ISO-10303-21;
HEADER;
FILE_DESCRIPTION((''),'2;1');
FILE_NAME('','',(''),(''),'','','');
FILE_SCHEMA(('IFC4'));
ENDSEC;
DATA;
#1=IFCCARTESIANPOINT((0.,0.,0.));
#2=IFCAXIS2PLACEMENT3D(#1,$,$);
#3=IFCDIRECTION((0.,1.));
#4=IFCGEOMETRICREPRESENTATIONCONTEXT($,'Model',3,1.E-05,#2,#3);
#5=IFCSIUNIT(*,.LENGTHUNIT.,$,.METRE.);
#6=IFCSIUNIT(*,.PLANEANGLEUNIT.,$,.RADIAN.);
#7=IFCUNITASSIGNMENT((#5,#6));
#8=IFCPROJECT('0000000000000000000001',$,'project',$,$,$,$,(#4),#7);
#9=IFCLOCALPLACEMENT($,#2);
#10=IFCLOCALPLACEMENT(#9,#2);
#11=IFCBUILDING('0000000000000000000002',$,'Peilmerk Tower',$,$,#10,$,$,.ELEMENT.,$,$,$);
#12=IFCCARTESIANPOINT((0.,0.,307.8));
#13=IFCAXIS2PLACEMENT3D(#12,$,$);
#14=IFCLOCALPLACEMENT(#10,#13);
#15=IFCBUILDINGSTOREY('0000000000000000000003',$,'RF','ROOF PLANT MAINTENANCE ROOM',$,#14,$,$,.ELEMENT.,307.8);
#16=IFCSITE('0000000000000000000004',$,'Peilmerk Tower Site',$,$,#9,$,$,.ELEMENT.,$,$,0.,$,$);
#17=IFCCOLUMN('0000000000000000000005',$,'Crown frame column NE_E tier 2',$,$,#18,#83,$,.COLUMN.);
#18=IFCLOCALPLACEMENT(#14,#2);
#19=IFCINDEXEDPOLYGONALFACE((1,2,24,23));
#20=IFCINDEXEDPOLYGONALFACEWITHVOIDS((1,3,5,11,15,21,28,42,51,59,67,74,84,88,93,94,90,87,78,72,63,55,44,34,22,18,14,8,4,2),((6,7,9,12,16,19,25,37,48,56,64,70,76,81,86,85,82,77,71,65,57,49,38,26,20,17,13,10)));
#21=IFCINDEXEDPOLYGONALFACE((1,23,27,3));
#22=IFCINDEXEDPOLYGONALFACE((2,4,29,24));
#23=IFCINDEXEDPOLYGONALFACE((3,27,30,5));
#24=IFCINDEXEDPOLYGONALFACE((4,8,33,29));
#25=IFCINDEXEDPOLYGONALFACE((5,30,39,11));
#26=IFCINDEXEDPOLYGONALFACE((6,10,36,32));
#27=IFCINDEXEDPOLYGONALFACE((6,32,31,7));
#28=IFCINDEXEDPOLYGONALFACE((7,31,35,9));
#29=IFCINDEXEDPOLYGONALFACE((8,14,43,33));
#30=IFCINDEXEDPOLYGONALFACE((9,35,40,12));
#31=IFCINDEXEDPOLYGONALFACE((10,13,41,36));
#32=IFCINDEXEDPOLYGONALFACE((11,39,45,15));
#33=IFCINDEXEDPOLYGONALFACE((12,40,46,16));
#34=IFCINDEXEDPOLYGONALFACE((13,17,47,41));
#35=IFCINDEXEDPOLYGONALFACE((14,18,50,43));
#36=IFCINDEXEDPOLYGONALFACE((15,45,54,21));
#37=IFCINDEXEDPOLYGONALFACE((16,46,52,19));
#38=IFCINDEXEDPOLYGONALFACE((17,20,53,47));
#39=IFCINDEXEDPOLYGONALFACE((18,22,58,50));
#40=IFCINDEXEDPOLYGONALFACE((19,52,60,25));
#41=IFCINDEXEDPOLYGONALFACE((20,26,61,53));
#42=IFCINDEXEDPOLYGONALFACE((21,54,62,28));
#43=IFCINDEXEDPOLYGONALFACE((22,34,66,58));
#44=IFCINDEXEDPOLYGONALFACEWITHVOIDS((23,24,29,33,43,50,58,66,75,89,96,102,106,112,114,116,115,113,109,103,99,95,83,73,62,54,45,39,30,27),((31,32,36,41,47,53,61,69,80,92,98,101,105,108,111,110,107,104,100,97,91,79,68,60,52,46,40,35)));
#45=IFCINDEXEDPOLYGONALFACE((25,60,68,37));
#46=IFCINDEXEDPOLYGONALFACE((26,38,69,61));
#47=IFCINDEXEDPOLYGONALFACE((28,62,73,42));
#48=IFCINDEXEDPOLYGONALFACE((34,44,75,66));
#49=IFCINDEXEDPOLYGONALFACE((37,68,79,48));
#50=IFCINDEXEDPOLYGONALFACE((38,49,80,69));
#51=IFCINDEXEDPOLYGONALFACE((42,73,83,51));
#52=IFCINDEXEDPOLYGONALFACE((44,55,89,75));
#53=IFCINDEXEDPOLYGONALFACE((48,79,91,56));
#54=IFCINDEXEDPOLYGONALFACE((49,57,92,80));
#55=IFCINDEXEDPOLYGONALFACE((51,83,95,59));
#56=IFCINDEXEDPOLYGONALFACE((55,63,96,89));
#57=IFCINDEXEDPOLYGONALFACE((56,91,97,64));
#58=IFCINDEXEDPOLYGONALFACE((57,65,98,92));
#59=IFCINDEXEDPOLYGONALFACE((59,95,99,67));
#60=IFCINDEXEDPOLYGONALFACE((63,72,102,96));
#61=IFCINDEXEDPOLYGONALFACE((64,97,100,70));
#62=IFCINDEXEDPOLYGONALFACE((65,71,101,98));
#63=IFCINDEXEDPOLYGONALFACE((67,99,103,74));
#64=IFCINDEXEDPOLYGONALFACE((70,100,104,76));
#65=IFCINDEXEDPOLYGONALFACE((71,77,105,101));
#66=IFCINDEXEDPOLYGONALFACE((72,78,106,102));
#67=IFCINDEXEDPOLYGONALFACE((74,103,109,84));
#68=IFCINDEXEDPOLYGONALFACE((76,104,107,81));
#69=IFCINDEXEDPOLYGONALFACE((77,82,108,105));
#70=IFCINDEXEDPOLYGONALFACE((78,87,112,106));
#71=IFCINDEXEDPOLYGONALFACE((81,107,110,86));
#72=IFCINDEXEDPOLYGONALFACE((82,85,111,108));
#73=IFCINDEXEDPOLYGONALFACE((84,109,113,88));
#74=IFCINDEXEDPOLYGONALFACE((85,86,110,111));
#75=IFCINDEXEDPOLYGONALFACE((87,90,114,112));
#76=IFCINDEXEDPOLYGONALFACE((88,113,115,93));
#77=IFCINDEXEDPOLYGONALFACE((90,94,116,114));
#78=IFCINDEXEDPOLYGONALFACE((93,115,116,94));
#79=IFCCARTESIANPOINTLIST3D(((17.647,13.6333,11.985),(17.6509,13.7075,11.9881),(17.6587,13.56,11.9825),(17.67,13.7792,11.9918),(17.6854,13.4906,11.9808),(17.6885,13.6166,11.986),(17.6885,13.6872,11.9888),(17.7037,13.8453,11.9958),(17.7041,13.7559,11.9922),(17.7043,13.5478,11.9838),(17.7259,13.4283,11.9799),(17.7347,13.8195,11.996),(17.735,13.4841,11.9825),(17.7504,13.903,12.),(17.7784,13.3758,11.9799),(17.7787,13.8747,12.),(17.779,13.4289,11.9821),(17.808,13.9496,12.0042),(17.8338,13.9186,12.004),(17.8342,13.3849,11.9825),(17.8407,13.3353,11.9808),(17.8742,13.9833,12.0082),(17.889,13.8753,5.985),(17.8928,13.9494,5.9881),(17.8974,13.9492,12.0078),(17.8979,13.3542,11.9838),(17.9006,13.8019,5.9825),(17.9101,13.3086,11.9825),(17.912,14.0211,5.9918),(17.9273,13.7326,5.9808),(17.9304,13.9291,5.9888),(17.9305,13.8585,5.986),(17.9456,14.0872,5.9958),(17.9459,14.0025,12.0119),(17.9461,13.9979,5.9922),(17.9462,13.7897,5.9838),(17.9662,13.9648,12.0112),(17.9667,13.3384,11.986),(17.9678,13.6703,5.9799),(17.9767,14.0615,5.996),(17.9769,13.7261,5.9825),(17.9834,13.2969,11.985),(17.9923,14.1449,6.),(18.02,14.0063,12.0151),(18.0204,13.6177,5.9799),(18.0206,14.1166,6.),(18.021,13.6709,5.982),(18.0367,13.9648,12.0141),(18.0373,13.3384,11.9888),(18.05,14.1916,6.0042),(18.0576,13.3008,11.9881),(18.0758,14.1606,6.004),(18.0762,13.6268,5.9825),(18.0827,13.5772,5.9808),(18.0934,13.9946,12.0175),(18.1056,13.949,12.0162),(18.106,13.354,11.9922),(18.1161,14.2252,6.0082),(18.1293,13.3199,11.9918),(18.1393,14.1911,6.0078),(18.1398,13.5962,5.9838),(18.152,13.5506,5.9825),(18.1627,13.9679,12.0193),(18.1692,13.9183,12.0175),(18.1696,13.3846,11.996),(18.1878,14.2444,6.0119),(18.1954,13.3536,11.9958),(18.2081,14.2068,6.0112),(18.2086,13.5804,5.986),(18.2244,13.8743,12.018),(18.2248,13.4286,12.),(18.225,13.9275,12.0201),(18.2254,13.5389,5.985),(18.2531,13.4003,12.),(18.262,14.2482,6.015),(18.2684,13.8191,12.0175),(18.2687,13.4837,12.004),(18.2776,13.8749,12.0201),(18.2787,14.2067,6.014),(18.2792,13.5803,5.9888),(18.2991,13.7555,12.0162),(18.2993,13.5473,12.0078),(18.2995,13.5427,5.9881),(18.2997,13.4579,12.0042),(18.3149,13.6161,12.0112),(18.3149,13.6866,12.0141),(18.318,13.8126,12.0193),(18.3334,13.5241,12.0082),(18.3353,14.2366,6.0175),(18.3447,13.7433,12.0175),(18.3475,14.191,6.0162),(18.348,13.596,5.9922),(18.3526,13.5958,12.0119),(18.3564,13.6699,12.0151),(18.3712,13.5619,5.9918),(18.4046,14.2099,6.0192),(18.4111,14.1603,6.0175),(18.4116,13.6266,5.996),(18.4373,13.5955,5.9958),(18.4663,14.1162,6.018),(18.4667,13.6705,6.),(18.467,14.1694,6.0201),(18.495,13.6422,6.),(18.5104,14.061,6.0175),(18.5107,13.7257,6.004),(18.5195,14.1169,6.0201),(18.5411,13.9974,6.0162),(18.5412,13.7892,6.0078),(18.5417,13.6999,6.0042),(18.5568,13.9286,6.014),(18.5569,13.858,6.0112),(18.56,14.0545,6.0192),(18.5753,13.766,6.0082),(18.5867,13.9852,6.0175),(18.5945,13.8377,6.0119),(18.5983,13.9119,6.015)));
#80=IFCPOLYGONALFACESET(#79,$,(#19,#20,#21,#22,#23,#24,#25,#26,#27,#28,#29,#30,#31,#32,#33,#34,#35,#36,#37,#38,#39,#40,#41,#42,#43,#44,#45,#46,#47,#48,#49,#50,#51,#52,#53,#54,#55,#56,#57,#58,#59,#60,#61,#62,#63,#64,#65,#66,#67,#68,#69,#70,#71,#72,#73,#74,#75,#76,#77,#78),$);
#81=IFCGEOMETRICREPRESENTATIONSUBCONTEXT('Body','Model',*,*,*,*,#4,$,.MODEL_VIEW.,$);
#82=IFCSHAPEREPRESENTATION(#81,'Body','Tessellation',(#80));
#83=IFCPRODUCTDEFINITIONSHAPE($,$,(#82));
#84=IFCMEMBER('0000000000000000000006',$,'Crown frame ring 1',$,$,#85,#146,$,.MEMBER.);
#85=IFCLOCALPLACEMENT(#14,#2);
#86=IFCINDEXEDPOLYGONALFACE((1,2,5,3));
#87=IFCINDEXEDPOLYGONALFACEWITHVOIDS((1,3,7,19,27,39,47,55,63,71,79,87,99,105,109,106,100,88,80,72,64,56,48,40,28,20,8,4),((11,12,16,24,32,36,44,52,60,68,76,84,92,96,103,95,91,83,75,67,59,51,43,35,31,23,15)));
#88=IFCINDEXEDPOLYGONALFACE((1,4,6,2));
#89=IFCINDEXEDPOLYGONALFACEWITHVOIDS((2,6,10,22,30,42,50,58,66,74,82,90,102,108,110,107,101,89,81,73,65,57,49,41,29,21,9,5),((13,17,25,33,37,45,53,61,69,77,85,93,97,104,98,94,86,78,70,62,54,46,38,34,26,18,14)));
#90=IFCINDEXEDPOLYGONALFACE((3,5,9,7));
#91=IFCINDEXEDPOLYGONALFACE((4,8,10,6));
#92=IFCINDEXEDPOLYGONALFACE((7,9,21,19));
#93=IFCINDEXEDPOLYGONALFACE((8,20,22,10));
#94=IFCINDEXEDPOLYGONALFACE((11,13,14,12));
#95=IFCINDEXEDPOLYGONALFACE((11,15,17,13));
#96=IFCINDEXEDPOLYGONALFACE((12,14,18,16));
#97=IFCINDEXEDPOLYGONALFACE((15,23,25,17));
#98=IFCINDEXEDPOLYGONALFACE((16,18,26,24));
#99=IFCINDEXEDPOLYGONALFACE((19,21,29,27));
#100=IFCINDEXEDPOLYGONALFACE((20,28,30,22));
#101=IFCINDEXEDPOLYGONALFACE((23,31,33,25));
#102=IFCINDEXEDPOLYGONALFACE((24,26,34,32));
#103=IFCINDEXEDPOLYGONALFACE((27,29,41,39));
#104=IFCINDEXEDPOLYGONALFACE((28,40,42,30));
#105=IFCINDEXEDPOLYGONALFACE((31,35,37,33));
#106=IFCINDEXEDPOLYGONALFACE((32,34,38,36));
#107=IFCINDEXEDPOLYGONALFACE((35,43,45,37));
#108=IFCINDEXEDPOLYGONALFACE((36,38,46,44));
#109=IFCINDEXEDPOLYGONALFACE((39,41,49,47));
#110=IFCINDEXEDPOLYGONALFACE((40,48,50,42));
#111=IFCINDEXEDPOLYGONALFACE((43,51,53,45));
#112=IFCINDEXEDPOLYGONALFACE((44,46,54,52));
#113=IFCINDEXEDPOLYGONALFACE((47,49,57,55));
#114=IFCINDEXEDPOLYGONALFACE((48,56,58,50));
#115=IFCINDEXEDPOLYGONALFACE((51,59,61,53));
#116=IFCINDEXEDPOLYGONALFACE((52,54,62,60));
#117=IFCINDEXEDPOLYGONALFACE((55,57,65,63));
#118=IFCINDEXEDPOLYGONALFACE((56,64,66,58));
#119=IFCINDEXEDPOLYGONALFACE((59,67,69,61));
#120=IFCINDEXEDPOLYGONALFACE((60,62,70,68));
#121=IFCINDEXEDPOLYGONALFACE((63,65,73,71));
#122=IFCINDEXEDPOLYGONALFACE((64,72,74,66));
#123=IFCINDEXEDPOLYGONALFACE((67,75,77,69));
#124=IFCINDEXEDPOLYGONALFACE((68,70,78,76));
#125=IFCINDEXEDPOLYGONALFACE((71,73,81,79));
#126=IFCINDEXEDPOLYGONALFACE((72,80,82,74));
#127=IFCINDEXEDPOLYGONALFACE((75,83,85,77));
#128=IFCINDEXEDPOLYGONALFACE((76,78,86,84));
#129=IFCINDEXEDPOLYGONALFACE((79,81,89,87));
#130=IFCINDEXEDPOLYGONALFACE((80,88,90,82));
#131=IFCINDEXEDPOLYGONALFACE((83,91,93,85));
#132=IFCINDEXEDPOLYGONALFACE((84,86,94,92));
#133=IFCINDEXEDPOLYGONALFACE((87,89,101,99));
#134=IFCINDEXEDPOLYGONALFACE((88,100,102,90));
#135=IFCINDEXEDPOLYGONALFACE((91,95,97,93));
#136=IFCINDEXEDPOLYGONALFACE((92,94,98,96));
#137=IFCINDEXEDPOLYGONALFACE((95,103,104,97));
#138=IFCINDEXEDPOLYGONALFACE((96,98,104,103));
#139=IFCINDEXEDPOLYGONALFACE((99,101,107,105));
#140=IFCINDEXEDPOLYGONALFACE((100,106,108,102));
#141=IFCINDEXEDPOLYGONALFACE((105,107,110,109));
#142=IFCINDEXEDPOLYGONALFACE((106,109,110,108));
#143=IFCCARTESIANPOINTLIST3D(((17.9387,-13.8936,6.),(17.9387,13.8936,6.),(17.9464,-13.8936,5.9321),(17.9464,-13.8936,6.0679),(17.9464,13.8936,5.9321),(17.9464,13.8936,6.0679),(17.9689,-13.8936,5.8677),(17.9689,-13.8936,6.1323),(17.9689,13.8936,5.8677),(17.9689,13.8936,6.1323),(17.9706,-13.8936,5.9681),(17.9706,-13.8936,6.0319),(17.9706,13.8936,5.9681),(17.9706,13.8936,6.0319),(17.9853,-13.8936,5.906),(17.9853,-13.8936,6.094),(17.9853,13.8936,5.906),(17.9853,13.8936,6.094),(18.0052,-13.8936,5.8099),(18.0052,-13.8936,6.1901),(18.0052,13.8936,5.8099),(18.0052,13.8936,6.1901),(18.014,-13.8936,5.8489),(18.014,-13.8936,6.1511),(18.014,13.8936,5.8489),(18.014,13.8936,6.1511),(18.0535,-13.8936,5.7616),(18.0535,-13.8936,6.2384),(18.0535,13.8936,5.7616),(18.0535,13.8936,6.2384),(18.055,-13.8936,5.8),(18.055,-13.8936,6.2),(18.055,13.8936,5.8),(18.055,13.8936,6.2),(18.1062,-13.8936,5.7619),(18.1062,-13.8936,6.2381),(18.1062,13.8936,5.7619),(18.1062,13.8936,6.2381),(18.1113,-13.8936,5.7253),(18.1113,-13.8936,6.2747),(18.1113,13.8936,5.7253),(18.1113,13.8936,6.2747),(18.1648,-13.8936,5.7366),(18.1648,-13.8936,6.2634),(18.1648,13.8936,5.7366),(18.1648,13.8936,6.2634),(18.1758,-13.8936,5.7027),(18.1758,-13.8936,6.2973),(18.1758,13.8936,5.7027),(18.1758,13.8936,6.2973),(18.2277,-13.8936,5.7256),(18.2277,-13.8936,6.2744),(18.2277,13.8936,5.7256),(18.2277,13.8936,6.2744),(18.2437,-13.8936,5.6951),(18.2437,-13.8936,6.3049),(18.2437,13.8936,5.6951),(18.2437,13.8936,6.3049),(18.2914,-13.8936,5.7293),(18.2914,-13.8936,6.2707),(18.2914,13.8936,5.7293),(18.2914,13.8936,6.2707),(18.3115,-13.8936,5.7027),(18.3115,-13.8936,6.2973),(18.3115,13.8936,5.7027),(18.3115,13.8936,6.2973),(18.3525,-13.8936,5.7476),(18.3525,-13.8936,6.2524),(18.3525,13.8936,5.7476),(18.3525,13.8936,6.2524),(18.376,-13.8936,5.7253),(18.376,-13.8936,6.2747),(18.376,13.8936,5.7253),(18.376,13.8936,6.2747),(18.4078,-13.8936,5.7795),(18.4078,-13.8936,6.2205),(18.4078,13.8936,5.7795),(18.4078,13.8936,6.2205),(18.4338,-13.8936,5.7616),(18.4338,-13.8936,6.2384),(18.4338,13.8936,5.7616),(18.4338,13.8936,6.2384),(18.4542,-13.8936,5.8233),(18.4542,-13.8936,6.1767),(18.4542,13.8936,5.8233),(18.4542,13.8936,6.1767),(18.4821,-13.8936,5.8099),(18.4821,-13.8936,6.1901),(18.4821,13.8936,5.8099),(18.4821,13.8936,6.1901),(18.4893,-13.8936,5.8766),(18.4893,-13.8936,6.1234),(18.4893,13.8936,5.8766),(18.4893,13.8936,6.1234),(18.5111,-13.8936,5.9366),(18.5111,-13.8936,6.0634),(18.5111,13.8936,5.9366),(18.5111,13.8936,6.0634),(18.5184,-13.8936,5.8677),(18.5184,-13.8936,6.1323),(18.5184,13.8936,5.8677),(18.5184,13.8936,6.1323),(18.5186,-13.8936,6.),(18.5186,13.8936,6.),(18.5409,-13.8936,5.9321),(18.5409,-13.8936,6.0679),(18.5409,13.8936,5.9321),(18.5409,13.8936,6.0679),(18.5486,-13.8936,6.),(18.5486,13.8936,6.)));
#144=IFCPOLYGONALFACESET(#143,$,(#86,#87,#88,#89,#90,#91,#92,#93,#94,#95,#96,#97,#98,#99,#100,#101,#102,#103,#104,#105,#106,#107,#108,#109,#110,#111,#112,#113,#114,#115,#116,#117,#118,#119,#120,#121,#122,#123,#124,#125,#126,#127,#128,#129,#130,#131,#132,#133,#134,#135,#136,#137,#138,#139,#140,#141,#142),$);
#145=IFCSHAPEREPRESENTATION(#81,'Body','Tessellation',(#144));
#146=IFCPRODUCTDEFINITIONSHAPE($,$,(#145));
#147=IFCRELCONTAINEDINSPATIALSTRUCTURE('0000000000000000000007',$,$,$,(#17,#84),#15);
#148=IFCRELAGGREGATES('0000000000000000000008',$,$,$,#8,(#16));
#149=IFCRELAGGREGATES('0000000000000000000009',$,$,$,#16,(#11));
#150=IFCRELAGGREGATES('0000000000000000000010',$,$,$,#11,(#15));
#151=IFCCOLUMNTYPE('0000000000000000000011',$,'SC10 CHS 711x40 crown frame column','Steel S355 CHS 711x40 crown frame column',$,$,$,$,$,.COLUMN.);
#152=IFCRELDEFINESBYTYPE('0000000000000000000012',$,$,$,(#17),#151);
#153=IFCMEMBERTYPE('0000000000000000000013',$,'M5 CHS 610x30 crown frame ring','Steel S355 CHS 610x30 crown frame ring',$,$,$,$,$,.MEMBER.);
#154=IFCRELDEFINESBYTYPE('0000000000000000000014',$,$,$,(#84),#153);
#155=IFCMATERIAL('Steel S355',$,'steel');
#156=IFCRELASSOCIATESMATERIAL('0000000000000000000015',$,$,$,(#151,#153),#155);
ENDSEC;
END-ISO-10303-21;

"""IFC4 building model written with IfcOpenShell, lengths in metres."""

from ifc_helpers import new_model, si_unit, direction, frame, origin, origin_2d, place, context, subcontext, project, spatial, hollow_circle, extrude, material, material_profile, profile_set, type_object, element, save


model = new_model("IFC4")

# Units and contexts
model_context = context("Model", 3, precision=1e-05, world=origin(), true_north=direction((0.0, 1.0)))
body_context = subcontext(model_context, "Body", "Model", "MODEL_VIEW")
ifc_project = project(units=[si_unit("LENGTHUNIT", "METRE"), si_unit("PLANEANGLEUNIT", "RADIAN")], contexts=[model_context])

# Site, building, storey
site_placement = place(None, origin())
site = spatial("IfcSite", under=ifc_project, at=site_placement, Name="Peilmerk Tower Site", CompositionType="ELEMENT", RefElevation=0.0)
building_placement = place(site_placement, origin())
building = spatial("IfcBuilding", under=site, at=building_placement, Name="Peilmerk Tower", CompositionType="ELEMENT")
storey_placement = place(building_placement, frame((0.0, 0.0, 307.8)))
storey = spatial("IfcBuildingStorey", under=building, at=storey_placement, Name="RF", Description="ROOF PLANT MAINTENANCE ROOM", CompositionType="ELEMENT", Elevation=307.8)

# Column
ifc_material_1 = material(Name="Steel S355", Category="steel")
ifc_material_profile_1 = material_profile(ifc_material_1, hollow_circle(Radius=0.3555, WallThickness=0.04, at=origin_2d()), Name="CHS 711x40")
ifc_profile_set_1 = profile_set([ifc_material_profile_1], Name="Steel S355")
column_type = type_object("IfcColumnType", Name="SC10 CHS 711x40 crown frame column", Description="Steel S355 CHS 711x40 crown frame column", PredefinedType="COLUMN", material=ifc_profile_set_1)
column_placement = place(storey_placement, frame((18.2437, 13.8936, 6.0), z_axis=(-0.040258, -0.040258, 0.998378), x_axis=(0.707107, -0.707107, 0.0)))
element("IfcColumn", 1, at=column_placement, inside=storey, type_object=column_type, Name="Crown frame column NE_E tier 2", PredefinedType="COLUMN", context=body_context, shape_type="SweptSolid", body=[
    extrude(hollow_circle(Radius=0.3555, WallThickness=0.04, at=origin_2d()), origin(), (0.0, 0.0, 1.0), 6.0098),
])

# Member
ifc_material_profile_2 = material_profile(ifc_material_1, hollow_circle(Radius=0.3049, WallThickness=0.03, at=origin_2d()), Name="CHS 610x30")
ifc_profile_set_2 = profile_set([ifc_material_profile_2], Name="Steel S355")
member_type_1 = type_object("IfcMemberType", Name="M5 CHS 610x30 crown frame ring", Description="Steel S355 CHS 610x30 crown frame ring", PredefinedType="MEMBER", material=ifc_profile_set_2)
member_1_placement = place(storey_placement, frame((18.2437, 13.8936, 6.0), z_axis=(0.0, -1.0, 0.0), x_axis=(1.0, 0.0, 0.0)))
element("IfcMember", 2, at=member_1_placement, inside=storey, type_object=member_type_1, Name="Crown frame ring 1", PredefinedType="MEMBER", context=body_context, shape_type="SweptSolid", body=[
    extrude(hollow_circle(Radius=0.3049, WallThickness=0.03, at=origin_2d()), origin(), (0.0, 0.0, 1.0), 27.7871),
])

save(model, "model.ifc")
